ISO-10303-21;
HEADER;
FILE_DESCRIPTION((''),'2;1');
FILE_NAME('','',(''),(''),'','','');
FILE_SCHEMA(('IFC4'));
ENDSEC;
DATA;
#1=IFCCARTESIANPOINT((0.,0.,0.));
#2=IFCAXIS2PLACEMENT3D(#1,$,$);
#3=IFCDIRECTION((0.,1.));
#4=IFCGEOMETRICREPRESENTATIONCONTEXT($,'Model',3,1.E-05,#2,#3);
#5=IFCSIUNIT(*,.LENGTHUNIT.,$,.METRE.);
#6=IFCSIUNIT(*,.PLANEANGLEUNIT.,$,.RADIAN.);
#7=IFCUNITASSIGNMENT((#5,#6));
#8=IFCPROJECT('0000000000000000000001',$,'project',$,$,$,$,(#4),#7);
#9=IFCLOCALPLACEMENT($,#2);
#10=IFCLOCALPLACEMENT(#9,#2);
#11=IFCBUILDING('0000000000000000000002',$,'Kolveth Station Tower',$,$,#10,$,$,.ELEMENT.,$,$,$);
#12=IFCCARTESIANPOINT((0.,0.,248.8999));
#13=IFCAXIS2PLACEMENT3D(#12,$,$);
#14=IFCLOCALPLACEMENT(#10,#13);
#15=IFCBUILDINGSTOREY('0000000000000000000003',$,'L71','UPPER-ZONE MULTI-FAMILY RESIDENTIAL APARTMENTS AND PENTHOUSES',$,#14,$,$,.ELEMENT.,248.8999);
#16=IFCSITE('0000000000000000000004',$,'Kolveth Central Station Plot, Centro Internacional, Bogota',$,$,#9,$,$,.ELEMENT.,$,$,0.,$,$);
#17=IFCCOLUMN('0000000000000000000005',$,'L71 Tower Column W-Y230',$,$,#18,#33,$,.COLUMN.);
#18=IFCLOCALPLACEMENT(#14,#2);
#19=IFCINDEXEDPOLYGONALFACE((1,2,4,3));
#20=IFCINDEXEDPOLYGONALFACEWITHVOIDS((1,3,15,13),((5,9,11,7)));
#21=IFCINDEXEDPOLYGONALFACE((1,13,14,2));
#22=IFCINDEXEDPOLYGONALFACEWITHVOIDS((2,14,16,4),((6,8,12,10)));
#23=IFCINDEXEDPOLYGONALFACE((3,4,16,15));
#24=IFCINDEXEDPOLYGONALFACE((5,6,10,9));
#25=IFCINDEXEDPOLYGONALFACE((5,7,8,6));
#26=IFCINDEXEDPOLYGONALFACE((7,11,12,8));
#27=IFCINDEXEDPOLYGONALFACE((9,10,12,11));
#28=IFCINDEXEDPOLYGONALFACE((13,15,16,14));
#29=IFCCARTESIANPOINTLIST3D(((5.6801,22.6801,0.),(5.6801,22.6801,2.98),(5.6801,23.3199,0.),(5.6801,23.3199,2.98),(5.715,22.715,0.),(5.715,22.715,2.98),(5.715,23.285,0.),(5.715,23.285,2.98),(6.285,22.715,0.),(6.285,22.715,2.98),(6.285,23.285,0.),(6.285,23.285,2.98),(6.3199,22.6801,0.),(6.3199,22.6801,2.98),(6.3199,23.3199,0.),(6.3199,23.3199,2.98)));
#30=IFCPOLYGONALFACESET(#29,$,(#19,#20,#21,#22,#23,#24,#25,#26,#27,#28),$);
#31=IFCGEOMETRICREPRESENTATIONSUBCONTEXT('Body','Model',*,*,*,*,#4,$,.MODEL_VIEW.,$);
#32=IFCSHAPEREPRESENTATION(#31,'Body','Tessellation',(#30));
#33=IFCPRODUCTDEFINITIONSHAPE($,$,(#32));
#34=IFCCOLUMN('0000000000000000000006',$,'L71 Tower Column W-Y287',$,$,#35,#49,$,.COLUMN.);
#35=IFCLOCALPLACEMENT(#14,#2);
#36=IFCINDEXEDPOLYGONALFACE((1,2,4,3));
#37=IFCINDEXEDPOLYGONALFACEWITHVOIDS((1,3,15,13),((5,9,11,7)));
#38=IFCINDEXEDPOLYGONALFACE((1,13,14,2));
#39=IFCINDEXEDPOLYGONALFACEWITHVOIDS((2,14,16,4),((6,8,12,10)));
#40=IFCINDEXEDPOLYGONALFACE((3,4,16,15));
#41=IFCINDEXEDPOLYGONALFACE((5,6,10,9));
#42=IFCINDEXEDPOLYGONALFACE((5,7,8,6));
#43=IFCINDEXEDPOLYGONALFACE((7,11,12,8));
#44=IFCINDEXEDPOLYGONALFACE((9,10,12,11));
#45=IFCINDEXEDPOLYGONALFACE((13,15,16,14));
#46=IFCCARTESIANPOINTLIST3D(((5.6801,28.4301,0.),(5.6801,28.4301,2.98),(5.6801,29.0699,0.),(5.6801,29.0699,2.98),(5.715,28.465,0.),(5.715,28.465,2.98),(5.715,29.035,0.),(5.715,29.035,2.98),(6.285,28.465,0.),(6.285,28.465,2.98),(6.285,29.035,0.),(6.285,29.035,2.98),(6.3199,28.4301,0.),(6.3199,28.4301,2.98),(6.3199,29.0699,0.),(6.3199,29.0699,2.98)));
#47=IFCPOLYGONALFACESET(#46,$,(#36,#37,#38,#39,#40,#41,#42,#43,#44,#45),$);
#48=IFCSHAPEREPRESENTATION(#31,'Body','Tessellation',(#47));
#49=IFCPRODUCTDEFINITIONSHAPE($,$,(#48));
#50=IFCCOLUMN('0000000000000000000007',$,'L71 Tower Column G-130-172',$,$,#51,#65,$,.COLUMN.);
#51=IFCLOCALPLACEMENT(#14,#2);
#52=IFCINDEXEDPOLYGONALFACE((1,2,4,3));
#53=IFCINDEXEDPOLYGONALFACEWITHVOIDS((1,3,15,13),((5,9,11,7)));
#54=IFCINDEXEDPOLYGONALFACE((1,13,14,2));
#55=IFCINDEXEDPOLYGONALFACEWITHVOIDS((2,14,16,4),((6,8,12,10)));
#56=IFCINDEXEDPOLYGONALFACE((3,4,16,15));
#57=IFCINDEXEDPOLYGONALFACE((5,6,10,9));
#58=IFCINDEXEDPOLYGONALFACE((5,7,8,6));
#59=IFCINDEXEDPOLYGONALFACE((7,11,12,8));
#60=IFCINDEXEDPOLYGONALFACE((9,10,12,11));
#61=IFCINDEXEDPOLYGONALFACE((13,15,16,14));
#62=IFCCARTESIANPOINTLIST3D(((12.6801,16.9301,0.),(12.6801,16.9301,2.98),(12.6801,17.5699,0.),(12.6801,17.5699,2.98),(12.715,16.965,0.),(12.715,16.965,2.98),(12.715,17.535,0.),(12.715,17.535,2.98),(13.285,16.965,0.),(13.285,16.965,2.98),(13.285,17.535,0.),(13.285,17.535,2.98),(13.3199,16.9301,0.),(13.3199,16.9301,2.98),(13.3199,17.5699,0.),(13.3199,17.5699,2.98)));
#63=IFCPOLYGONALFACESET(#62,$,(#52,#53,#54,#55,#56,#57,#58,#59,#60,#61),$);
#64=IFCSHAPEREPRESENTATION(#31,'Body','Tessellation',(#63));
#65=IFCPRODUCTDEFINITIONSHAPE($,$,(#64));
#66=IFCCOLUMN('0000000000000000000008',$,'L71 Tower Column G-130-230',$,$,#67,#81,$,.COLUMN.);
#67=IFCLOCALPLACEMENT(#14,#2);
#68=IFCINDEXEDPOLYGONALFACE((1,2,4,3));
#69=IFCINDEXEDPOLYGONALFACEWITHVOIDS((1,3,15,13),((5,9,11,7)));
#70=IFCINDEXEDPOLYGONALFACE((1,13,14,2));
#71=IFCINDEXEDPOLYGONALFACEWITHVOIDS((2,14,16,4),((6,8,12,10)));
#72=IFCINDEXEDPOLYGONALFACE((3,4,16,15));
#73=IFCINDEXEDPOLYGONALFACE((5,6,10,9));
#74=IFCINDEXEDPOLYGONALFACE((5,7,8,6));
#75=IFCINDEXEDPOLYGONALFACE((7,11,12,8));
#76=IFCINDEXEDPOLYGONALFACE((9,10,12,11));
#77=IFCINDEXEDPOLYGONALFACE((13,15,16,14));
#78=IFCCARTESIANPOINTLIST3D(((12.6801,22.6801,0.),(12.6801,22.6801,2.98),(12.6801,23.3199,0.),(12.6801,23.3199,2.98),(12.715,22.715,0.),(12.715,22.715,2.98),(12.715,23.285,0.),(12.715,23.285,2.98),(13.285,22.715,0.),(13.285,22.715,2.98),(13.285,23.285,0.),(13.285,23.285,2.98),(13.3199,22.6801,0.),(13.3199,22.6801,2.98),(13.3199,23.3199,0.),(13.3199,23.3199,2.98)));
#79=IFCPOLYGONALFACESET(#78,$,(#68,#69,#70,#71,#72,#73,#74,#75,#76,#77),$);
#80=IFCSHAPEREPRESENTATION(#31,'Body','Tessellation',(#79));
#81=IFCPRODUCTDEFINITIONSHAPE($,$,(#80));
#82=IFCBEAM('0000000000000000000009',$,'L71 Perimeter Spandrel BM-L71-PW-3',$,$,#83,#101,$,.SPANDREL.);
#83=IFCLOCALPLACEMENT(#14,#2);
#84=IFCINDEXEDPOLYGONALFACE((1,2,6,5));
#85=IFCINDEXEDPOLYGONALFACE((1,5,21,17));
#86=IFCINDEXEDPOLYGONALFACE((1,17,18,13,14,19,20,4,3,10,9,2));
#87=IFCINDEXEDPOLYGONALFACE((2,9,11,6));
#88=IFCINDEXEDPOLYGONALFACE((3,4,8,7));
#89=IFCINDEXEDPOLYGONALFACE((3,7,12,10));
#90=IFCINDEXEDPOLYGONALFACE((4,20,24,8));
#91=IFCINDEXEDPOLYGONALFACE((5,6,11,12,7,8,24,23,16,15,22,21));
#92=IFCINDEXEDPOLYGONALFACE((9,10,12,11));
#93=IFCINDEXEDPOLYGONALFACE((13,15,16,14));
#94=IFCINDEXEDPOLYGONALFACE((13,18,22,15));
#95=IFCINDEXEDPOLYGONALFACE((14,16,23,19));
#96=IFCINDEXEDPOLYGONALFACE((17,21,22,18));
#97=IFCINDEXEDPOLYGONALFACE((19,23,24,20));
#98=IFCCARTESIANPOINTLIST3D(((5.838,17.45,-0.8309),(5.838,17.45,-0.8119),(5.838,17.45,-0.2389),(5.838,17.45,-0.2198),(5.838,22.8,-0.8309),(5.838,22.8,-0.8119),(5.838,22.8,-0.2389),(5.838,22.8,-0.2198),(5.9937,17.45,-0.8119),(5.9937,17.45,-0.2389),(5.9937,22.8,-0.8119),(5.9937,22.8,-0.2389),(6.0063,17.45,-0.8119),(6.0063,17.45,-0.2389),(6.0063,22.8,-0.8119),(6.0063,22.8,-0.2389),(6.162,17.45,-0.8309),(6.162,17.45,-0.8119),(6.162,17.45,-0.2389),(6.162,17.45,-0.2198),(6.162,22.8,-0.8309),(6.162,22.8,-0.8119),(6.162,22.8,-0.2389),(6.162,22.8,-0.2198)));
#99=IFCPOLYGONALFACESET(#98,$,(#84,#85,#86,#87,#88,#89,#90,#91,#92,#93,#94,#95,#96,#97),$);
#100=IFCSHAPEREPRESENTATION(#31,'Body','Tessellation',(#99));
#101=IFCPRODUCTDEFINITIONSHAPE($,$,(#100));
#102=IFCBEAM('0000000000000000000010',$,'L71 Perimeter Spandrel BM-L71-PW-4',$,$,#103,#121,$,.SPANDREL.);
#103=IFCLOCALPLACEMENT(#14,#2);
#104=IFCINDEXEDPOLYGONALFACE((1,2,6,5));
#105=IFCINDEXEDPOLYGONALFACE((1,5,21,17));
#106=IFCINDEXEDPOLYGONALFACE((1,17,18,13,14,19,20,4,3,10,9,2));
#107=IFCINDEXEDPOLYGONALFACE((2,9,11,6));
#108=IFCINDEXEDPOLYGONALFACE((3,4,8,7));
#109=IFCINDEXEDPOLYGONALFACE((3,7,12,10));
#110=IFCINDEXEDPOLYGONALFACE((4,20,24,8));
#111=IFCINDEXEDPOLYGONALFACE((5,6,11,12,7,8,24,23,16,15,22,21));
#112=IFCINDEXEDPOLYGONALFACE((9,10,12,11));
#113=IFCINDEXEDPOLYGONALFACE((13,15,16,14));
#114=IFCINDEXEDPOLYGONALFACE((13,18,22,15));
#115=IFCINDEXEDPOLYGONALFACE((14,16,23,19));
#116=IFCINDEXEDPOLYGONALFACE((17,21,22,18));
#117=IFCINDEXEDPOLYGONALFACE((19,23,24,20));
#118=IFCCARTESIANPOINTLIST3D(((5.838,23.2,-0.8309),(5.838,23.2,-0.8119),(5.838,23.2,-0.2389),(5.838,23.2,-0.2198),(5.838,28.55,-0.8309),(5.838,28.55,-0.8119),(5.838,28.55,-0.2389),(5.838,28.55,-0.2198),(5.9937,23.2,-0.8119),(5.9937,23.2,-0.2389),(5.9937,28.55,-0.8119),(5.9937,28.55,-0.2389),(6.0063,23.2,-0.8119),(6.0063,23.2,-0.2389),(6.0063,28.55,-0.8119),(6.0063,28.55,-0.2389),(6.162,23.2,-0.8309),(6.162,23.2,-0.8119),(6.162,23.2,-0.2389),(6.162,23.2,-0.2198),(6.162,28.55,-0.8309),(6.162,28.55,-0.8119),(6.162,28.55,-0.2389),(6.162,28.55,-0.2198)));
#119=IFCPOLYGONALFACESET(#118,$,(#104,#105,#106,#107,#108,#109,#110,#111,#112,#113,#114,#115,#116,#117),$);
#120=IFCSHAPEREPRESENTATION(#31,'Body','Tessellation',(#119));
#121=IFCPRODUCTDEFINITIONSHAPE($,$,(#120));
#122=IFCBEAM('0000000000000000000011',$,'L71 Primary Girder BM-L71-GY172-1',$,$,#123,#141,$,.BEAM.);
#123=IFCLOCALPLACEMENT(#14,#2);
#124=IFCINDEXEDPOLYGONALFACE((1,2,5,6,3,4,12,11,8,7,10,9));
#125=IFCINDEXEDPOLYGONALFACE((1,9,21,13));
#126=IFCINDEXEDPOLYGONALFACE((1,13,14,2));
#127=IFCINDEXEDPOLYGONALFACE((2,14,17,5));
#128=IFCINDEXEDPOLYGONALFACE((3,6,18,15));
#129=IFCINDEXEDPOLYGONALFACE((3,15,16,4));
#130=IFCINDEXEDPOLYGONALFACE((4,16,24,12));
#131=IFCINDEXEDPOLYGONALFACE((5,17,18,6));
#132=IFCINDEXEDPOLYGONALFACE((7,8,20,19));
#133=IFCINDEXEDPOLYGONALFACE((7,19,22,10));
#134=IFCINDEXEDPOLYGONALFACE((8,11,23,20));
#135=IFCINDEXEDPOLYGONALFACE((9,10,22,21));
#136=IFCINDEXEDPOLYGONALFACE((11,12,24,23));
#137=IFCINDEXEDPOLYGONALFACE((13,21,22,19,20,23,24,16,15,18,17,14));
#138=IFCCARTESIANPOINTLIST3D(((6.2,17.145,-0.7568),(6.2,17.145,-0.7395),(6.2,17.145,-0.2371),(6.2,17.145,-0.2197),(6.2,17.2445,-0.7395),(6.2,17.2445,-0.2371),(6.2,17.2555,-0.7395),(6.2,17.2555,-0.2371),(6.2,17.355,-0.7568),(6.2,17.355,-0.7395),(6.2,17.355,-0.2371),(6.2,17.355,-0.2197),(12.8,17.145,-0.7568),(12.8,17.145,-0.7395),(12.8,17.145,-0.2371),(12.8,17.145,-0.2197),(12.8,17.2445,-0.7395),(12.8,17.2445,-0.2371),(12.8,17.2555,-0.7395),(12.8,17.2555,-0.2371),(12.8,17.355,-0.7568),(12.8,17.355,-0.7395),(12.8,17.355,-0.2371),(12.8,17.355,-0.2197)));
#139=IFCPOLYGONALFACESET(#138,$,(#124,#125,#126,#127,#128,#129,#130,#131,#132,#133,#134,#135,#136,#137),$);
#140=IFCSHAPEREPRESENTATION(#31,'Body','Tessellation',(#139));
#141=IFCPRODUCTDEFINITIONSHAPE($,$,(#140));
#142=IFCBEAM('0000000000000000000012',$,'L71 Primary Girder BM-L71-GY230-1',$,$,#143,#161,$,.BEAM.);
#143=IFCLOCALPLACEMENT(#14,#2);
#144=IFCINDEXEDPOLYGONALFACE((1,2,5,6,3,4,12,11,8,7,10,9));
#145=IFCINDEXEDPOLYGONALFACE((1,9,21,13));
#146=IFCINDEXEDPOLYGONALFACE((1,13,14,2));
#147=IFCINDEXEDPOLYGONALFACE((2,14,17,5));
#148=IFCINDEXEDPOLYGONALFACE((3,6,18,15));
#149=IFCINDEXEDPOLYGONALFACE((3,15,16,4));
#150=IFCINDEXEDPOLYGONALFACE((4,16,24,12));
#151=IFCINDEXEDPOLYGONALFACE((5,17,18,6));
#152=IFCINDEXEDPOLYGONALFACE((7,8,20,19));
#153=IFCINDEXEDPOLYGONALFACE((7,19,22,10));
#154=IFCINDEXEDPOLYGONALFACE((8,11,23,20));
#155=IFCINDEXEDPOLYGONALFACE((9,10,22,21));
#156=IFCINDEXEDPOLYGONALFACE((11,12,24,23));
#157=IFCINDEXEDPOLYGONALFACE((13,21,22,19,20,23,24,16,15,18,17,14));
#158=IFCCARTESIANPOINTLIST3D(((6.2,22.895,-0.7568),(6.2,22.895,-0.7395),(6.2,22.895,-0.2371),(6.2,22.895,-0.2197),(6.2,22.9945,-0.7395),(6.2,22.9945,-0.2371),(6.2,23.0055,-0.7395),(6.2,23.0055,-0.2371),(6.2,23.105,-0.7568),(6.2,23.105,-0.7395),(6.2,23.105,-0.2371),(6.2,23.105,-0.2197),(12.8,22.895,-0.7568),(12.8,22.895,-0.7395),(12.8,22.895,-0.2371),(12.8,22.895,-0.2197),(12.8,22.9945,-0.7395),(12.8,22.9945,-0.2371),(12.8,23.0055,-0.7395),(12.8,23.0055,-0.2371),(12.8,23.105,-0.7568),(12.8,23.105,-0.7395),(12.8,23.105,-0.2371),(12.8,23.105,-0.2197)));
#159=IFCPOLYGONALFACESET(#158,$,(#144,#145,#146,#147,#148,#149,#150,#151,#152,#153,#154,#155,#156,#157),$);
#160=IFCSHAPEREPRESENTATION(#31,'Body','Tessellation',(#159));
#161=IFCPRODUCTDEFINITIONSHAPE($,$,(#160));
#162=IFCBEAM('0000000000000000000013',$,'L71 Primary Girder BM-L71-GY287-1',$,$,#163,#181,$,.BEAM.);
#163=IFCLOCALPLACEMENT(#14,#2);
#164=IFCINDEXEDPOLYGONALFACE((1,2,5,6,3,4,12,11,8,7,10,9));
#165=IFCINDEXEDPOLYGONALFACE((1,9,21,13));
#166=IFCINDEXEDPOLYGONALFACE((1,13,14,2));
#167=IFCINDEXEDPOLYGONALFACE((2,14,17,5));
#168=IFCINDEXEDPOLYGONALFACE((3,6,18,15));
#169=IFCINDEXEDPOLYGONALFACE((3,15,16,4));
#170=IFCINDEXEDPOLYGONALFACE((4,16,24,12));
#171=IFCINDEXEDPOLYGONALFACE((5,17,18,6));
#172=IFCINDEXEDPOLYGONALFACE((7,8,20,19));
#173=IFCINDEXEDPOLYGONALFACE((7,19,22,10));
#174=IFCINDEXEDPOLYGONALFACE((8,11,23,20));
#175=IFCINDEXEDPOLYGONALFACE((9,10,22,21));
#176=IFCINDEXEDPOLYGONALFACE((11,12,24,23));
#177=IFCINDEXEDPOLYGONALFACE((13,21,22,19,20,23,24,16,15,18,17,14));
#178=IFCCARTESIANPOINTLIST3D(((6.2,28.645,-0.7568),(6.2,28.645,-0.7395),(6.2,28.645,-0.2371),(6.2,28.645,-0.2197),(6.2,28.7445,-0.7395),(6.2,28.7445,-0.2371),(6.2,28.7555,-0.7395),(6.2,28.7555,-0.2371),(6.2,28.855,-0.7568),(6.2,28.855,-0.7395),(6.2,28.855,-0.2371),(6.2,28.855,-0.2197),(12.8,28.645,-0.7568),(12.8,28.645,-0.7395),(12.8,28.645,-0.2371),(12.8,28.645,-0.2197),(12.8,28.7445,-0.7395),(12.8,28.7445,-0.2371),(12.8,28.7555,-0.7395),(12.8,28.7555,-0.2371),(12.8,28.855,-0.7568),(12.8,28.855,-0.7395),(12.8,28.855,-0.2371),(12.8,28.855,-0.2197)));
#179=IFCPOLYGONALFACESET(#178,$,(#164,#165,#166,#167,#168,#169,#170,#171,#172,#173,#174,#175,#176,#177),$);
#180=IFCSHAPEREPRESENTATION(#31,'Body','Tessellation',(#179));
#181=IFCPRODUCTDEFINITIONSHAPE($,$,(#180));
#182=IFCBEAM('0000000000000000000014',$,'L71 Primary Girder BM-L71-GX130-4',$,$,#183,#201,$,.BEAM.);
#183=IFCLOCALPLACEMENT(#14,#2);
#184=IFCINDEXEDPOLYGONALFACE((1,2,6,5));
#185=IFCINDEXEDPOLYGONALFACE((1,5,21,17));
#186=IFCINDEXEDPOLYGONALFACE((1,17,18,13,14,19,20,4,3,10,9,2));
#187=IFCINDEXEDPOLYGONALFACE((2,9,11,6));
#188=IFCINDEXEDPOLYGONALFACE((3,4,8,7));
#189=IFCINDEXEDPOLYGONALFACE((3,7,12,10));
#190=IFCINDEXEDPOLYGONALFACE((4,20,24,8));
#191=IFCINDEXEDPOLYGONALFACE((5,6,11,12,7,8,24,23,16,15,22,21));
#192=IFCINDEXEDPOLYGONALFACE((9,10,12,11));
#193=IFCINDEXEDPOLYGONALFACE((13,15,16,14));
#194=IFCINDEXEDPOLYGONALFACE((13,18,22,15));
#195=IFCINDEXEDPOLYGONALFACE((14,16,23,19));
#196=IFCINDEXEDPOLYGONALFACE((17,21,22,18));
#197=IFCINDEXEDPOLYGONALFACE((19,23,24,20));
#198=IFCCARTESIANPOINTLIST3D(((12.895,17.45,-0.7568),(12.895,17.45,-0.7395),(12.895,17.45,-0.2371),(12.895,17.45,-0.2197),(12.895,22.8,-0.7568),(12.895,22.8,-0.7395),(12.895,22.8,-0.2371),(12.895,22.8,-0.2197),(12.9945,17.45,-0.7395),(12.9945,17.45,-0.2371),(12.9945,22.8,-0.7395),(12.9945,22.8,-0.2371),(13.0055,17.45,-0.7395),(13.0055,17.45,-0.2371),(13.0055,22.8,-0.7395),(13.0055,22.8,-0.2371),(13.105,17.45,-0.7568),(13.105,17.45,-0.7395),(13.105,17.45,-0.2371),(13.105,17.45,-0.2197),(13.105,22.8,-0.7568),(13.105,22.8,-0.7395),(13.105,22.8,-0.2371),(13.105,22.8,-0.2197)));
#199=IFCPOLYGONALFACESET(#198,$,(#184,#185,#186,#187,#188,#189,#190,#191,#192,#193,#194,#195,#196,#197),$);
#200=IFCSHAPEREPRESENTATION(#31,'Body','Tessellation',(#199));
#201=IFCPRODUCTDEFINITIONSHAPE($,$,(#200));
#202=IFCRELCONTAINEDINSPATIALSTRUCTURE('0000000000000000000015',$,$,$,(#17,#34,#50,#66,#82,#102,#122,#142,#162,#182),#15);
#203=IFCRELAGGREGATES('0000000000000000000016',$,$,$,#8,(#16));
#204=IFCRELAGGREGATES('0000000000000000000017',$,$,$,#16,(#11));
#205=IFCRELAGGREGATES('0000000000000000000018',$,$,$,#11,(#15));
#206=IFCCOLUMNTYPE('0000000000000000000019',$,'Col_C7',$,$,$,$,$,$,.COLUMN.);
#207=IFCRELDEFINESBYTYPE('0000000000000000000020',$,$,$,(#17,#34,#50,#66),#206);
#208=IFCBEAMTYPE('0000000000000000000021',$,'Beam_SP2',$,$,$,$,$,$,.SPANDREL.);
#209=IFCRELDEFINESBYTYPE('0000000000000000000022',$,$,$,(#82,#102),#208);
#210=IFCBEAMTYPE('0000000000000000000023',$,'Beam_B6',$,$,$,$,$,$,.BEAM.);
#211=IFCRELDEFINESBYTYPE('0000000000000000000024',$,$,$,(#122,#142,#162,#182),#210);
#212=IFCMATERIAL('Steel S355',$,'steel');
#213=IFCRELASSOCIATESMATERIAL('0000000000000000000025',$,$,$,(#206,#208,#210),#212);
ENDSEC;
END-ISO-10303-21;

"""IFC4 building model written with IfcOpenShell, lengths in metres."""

from ifc_helpers import new_model, si_unit, direction, frame, origin, origin_2d, place, context, subcontext, project, spatial, hollow_rectangle, i_section, extrude, source, transform, mapped, material, material_profile, profile_set, type_object, element, save


model = new_model("IFC4")

# Units and contexts
model_context = context("Model", 3, precision=1e-05, world=origin(), true_north=direction((0.0, 1.0)))
body_context = subcontext(model_context, "Body", "Model", "MODEL_VIEW")
ifc_project = project(units=[si_unit("LENGTHUNIT", "METRE"), si_unit("PLANEANGLEUNIT", "RADIAN")], contexts=[model_context])

# Site, building, storey
site_placement = place(None, origin())
site = spatial("IfcSite", under=ifc_project, at=site_placement, Name="Kolveth Central Station Plot, Centro Internacional, Bogota", CompositionType="ELEMENT", RefElevation=0.0)
building_placement = place(site_placement, origin())
building = spatial("IfcBuilding", under=site, at=building_placement, Name="Kolveth Station Tower", CompositionType="ELEMENT")
storey_placement = place(building_placement, frame((0.0, 0.0, 248.8999)))
storey = spatial("IfcBuildingStorey", under=building, at=storey_placement, Name="L71", Description="UPPER-ZONE MULTI-FAMILY RESIDENTIAL APARTMENTS AND PENTHOUSES", CompositionType="ELEMENT", Elevation=248.8999)

# Columns
ifc_material_1 = material(Name="Steel S355", Category="steel")
ifc_material_profile_1 = material_profile(ifc_material_1, hollow_rectangle(XDim=0.6399, YDim=0.6399, WallThickness=0.0349, at=origin_2d()), Name="BOX640x640x35")
ifc_profile_set_1 = profile_set([ifc_material_profile_1], Name="Steel S355")
column_type = type_object("IfcColumnType", Name="Col_C7", PredefinedType="COLUMN", material=ifc_profile_set_1)
shared_shape_1 = source(origin(), body_context, "Body", "SweptSolid", [
    extrude(hollow_rectangle(XDim=0.6399, YDim=0.6399, WallThickness=0.0349, at=origin_2d()), origin(), (0.0, 0.0, 1.0), 2.98),
])
for number, where, z_axis, x_axis, name in (
    (1, (6.0, 23.0, 0.0), (0.0, 0.0, 1.0), (1.0, 0.0, 0.0), "L71 Tower Column W-Y230"),
    (2, (6.0, 28.75, 0.0), (0.0, 0.0, 1.0), (1.0, 0.0, 0.0), "L71 Tower Column W-Y287"),
    (3, (13.0, 17.25, 0.0), (0.0, 0.0, 1.0), (1.0, 0.0, 0.0), "L71 Tower Column G-130-172"),
    (4, (13.0, 23.0, 0.0), (0.0, 0.0, 1.0), (1.0, 0.0, 0.0), "L71 Tower Column G-130-230"),
):
    element("IfcColumn", number, at=place(storey_placement, frame(where, z_axis=z_axis, x_axis=x_axis)), inside=storey, type_object=column_type, Name=name, PredefinedType="COLUMN", context=body_context, shape_type="MappedRepresentation", body=[
        mapped(shared_shape_1, transform((0.0, 0.0, 0.0), x_axis=(1.0, 0.0, 0.0), y_axis=(0.0, 1.0, 0.0), z_axis=(0.0, 0.0, 1.0), scale=1.0)),
    ])

# Beams
ifc_material_profile_2 = material_profile(ifc_material_1, i_section(OverallWidth=0.324, OverallDepth=0.6111, WebThickness=0.0127, FlangeThickness=0.019, at=origin_2d()), Name="W610x155")
ifc_profile_set_2 = profile_set([ifc_material_profile_2], Name="Steel S355")
beam_type_1 = type_object("IfcBeamType", Name="Beam_SP2", PredefinedType="SPANDREL", material=ifc_profile_set_2)
shared_shape_2 = source(origin(), body_context, "Body", "SweptSolid", [
    extrude(i_section(OverallWidth=0.324, OverallDepth=0.6111, WebThickness=0.0127, FlangeThickness=0.019, at=origin_2d()), origin(), (0.0, 0.0, 1.0), 5.3501),
])
for number, where, z_axis, x_axis, name in (
    (5, (6.0, 17.45, -0.5254), (0.0, 1.0, 0.0), (-1.0, 0.0, 0.0), "L71 Perimeter Spandrel BM-L71-PW-3"),
    (6, (6.0, 23.2, -0.5254), (0.0, 1.0, 0.0), (-1.0, 0.0, 0.0), "L71 Perimeter Spandrel BM-L71-PW-4"),
):
    element("IfcBeam", number, at=place(storey_placement, frame(where, z_axis=z_axis, x_axis=x_axis)), inside=storey, type_object=beam_type_1, Name=name, PredefinedType="SPANDREL", context=body_context, shape_type="MappedRepresentation", body=[
        mapped(shared_shape_2, transform((0.0, 0.0, 0.0), x_axis=(1.0, 0.0, 0.0), y_axis=(0.0, 1.0, 0.0), z_axis=(0.0, 0.0, 1.0), scale=1.0)),
    ])
ifc_material_profile_3 = material_profile(ifc_material_1, i_section(OverallWidth=0.21, OverallDepth=0.5371, WebThickness=0.011, FlangeThickness=0.0173, at=origin_2d()), Name="W530x101")
ifc_profile_set_3 = profile_set([ifc_material_profile_3], Name="Steel S355")
beam_type_2 = type_object("IfcBeamType", Name="Beam_B6", PredefinedType="BEAM", material=ifc_profile_set_3)
shared_shape_3 = source(origin(), body_context, "Body", "SweptSolid", [
    extrude(i_section(OverallWidth=0.21, OverallDepth=0.5371, WebThickness=0.011, FlangeThickness=0.0173, at=origin_2d()), origin(), (0.0, 0.0, 1.0), 6.6001),
])
for number, where, z_axis, x_axis, name in (
    (7, (6.2, 17.25, -0.4883), (1.0, 0.0, 0.0), (0.0, 1.0, 0.0), "L71 Primary Girder BM-L71-GY172-1"),
    (8, (6.2, 23.0, -0.4883), (1.0, 0.0, 0.0), (0.0, 1.0, 0.0), "L71 Primary Girder BM-L71-GY230-1"),
    (9, (6.2, 28.75, -0.4883), (1.0, 0.0, 0.0), (0.0, 1.0, 0.0), "L71 Primary Girder BM-L71-GY287-1"),
):
    element("IfcBeam", number, at=place(storey_placement, frame(where, z_axis=z_axis, x_axis=x_axis)), inside=storey, type_object=beam_type_2, Name=name, PredefinedType="BEAM", context=body_context, shape_type="MappedRepresentation", body=[
        mapped(shared_shape_3, transform((0.0, 0.0, 0.0), x_axis=(1.0, 0.0, 0.0), y_axis=(0.0, 1.0, 0.0), z_axis=(0.0, 0.0, 1.0), scale=1.0)),
    ])
shared_shape_4 = source(origin(), body_context, "Body", "SweptSolid", [
    extrude(i_section(OverallWidth=0.21, OverallDepth=0.5371, WebThickness=0.011, FlangeThickness=0.0173, at=origin_2d()), origin(), (0.0, 0.0, 1.0), 5.3501),
])
for number, where, z_axis, x_axis, name in (
    (10, (13.0, 17.45, -0.4883), (0.0, 1.0, 0.0), (-1.0, 0.0, 0.0), "L71 Primary Girder BM-L71-GX130-4"),
):
    element("IfcBeam", number, at=place(storey_placement, frame(where, z_axis=z_axis, x_axis=x_axis)), inside=storey, type_object=beam_type_2, Name=name, PredefinedType="BEAM", context=body_context, shape_type="MappedRepresentation", body=[
        mapped(shared_shape_4, transform((0.0, 0.0, 0.0), x_axis=(1.0, 0.0, 0.0), y_axis=(0.0, 1.0, 0.0), z_axis=(0.0, 0.0, 1.0), scale=1.0)),
    ])

save(model, "model.ifc")
